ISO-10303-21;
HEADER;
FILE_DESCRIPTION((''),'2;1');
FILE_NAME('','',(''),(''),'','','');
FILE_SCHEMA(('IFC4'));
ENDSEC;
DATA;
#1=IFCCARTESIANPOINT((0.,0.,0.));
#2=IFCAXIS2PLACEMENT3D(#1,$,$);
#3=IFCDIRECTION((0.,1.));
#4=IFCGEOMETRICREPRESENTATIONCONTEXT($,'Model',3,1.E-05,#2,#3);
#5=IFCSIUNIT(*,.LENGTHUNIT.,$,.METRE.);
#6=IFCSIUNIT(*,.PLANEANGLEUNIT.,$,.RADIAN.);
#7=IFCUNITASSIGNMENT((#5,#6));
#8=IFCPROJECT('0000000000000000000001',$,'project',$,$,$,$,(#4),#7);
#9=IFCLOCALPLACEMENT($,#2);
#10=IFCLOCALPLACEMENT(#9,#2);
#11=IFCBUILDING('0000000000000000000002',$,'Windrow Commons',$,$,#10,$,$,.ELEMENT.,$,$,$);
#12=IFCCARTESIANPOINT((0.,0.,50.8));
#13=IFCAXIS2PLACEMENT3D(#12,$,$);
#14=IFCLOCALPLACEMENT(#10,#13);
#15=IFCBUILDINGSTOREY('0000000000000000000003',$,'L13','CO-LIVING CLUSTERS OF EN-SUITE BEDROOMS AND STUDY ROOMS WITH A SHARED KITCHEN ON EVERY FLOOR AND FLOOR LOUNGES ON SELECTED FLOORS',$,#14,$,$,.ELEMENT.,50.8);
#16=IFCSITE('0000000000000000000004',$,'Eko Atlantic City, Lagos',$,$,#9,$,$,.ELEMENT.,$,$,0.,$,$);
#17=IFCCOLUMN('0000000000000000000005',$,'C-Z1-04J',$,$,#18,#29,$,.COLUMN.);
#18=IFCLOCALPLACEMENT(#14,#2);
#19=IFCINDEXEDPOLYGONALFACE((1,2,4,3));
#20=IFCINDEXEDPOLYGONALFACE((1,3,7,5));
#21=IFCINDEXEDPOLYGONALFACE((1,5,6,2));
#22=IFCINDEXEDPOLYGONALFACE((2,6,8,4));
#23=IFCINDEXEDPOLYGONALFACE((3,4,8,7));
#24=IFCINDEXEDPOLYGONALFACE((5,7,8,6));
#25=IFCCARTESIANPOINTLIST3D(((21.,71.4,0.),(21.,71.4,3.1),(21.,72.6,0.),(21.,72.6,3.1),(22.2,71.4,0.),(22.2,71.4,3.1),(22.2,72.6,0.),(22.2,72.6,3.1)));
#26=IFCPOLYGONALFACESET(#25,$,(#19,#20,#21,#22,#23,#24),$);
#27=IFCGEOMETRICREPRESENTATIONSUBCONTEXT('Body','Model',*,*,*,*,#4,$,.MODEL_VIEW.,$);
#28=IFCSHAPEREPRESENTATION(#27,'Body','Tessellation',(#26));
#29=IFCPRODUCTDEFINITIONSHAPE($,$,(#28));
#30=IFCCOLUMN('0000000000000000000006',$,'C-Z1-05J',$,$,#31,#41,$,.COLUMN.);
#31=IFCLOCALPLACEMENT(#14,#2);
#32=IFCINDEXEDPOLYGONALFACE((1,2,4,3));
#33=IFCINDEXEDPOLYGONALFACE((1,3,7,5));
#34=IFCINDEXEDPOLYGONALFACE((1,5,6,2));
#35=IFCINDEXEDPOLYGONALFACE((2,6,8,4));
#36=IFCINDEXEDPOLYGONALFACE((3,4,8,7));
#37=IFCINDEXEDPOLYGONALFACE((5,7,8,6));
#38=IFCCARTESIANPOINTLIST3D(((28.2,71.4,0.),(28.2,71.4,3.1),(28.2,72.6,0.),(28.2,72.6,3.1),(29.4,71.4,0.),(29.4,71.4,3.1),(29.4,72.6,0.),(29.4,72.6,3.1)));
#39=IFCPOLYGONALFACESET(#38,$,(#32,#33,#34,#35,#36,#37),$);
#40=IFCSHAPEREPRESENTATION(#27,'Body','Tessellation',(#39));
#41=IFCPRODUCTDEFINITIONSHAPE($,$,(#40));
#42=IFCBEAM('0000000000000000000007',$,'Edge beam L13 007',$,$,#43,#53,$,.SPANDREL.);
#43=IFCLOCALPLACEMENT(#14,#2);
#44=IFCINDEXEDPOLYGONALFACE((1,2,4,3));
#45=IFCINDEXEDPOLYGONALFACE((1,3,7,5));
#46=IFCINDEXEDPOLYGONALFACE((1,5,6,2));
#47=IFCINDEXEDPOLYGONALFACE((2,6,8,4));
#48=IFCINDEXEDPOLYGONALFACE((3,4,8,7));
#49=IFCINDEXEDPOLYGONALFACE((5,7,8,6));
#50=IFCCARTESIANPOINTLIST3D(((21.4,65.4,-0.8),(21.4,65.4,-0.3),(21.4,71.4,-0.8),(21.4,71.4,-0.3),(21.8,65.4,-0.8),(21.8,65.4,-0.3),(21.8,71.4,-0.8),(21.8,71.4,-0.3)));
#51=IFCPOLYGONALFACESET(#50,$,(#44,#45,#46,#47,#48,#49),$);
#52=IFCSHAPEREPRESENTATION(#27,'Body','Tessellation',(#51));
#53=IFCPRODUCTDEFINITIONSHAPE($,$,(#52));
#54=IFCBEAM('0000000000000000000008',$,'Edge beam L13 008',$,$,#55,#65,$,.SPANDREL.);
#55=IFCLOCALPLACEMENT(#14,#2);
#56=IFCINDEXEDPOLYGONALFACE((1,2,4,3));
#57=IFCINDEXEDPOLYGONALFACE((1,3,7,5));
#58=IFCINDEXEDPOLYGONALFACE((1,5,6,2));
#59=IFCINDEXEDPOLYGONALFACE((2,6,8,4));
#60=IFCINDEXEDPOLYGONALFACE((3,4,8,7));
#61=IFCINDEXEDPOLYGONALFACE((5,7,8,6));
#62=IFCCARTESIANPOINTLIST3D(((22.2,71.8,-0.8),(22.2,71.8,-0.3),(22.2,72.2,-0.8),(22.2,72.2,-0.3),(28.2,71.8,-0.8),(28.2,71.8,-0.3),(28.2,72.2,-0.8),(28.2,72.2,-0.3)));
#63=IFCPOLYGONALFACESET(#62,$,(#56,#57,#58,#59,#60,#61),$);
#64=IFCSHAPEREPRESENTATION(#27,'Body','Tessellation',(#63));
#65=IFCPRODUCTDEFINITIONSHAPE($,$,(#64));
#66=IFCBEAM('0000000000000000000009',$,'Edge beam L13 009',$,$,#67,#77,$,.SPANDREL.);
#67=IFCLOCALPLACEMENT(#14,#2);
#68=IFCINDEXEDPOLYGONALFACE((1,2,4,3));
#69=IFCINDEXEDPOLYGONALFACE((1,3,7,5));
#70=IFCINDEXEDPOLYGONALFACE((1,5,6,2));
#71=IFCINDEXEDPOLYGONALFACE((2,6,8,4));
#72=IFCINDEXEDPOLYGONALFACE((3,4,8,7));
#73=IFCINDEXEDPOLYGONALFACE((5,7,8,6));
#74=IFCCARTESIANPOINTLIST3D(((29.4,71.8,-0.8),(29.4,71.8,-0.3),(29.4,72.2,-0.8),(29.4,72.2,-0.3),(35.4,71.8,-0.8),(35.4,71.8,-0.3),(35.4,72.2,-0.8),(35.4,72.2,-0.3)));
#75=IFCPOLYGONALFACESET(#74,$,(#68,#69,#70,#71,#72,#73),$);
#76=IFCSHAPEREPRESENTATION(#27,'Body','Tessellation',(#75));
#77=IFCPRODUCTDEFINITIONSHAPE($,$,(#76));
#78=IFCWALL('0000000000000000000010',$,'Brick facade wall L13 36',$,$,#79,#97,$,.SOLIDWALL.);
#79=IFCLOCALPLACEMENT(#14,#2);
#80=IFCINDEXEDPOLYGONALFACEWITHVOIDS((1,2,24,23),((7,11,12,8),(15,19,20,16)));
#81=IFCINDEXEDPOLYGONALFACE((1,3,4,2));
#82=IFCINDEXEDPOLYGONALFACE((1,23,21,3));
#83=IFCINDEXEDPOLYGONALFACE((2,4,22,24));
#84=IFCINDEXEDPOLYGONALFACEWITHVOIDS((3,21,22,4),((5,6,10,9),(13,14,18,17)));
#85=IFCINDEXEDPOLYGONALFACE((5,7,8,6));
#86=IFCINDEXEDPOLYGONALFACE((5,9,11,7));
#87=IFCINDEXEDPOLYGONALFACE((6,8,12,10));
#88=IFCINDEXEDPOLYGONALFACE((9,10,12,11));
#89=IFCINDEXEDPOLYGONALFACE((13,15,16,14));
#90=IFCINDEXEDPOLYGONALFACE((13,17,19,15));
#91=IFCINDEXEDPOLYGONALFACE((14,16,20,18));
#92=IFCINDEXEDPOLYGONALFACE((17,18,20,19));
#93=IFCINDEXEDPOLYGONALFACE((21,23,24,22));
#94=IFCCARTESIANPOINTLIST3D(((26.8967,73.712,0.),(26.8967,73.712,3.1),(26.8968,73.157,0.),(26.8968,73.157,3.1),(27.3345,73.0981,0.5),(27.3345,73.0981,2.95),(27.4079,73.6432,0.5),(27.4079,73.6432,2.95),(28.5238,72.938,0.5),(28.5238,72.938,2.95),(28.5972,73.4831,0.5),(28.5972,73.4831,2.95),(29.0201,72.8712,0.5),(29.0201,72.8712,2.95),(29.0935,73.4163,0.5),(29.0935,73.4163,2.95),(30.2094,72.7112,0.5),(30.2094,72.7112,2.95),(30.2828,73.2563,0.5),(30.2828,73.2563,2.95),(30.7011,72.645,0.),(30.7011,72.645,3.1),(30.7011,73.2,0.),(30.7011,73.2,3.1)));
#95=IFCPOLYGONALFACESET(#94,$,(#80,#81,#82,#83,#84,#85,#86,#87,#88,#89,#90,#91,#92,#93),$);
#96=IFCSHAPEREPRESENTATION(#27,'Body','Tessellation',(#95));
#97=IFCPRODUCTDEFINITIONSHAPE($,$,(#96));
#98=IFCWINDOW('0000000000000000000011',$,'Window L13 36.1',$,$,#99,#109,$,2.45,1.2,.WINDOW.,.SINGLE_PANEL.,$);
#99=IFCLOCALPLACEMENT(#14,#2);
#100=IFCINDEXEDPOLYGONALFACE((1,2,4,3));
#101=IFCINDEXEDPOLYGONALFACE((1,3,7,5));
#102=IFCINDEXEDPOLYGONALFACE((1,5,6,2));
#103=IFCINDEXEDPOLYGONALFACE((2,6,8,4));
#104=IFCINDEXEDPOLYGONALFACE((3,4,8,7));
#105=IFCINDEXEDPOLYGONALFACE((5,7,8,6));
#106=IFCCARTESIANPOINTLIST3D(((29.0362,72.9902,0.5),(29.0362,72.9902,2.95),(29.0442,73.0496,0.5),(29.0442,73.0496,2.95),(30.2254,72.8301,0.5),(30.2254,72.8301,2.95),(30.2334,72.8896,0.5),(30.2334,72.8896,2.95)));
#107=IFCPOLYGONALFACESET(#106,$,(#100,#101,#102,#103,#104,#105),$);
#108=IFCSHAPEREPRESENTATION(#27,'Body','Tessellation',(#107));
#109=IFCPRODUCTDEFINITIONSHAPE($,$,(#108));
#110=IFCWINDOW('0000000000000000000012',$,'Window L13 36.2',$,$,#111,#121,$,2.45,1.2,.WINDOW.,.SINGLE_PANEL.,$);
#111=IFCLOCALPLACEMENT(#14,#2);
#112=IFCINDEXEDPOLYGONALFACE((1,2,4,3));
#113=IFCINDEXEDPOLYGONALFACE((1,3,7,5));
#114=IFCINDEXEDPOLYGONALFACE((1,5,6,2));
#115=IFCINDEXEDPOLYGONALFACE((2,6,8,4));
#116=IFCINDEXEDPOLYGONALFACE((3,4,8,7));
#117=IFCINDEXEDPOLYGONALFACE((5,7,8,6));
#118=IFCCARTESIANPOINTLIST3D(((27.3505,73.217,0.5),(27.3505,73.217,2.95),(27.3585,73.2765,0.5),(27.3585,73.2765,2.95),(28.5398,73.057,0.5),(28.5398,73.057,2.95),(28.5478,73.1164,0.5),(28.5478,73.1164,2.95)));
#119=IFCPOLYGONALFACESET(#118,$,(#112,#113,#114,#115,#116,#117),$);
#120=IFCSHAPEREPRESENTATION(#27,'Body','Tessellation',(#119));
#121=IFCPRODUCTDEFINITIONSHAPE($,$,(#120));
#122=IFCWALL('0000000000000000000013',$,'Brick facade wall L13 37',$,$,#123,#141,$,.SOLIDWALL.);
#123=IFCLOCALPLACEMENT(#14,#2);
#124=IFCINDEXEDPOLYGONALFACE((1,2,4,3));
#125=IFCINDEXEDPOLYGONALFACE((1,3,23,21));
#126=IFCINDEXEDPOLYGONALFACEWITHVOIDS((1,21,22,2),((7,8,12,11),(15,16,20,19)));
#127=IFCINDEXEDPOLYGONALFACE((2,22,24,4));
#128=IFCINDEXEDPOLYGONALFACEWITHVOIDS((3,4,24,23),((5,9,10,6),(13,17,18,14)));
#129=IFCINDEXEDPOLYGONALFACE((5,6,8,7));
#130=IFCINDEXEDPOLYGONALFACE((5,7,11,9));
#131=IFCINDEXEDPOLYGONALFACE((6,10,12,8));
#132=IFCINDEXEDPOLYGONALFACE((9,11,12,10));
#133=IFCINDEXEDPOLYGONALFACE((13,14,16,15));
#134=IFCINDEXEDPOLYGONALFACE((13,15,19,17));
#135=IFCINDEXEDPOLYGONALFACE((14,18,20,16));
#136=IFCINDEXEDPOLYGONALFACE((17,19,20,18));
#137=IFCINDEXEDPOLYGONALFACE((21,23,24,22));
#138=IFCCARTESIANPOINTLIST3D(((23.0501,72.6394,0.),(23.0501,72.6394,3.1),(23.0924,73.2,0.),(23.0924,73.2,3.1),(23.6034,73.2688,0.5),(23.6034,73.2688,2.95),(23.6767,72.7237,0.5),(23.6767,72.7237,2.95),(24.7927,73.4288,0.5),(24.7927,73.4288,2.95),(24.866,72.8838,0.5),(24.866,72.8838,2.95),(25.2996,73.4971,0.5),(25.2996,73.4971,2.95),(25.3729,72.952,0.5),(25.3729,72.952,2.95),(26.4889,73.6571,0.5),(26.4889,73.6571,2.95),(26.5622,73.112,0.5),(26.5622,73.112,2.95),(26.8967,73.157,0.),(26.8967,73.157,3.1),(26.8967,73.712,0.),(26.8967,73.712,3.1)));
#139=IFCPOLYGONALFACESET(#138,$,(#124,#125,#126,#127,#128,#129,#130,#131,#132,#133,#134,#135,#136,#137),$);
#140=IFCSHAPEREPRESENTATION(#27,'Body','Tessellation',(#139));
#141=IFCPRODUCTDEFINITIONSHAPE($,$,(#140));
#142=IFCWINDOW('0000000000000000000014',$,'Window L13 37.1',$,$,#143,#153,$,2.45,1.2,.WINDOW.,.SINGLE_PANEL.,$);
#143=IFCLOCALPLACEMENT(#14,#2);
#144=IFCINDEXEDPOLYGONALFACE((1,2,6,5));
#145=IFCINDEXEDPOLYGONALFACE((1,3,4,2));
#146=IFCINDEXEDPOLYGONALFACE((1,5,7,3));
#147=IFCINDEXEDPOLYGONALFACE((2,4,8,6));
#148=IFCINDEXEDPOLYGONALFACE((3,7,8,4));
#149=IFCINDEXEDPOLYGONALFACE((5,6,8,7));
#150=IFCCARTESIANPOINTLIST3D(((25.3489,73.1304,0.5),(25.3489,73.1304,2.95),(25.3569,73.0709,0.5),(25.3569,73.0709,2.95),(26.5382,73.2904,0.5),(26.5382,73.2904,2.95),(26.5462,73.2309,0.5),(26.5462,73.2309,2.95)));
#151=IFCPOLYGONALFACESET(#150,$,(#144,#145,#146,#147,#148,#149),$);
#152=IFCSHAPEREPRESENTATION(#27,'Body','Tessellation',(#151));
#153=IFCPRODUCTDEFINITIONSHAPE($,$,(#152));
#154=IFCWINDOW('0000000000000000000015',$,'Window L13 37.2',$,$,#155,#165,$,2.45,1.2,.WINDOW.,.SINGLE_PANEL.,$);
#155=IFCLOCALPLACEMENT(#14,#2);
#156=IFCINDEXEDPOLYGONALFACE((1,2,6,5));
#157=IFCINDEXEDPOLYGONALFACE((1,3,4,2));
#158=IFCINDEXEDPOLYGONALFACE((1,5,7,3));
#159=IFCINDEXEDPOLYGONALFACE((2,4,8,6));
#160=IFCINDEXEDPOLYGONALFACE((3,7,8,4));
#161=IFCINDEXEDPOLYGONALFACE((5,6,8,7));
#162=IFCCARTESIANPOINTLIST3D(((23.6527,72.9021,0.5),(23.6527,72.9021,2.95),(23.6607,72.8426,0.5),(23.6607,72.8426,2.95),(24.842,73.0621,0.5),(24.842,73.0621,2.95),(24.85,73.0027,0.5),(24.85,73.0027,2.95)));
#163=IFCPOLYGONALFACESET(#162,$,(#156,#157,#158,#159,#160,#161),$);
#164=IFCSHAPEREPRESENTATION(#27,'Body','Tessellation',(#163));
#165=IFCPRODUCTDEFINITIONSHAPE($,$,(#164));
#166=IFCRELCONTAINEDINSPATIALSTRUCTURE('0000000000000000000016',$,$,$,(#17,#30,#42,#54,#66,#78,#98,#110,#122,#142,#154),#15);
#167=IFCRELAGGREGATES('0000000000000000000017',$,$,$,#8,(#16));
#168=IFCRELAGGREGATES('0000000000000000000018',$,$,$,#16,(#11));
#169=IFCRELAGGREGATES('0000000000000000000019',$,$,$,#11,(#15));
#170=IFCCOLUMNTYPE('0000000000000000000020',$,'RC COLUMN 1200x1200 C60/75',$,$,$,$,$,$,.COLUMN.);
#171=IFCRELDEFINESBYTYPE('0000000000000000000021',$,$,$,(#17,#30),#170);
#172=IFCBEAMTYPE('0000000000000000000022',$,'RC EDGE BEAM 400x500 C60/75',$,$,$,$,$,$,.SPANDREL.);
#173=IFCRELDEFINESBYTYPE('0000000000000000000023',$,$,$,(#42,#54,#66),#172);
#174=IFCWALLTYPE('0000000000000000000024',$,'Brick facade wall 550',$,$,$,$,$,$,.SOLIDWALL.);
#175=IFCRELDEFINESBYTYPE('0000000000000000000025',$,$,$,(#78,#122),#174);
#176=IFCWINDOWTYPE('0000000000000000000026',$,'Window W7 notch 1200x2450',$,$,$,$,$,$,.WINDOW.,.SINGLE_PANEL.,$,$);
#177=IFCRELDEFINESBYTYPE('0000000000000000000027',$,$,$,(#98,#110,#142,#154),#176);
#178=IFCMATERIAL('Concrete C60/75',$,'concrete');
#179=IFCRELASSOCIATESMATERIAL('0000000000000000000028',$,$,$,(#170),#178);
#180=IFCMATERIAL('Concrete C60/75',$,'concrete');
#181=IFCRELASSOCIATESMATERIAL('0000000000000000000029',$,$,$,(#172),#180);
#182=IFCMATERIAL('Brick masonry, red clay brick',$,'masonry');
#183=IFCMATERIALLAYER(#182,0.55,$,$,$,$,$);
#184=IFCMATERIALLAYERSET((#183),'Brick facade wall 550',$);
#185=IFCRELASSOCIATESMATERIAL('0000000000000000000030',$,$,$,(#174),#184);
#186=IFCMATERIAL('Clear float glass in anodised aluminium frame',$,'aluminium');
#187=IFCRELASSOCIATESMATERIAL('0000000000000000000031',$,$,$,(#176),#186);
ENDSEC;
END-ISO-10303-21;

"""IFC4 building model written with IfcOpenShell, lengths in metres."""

from ifc_helpers import new_model, si_unit, direction, frame, frame_2d, origin, origin_2d, place, context, subcontext, project, spatial, polyline, rectangle, outline, extrude, material, layer, layer_set, material_profile, profile_set, type_object, element, fill, save


model = new_model("IFC4")

# Units and contexts
model_context = context("Model", 3, precision=1e-05, world=origin(), true_north=direction((0.0, 1.0)))
body_context = subcontext(model_context, "Body", "Model", "MODEL_VIEW")
ifc_project = project(units=[si_unit("LENGTHUNIT", "METRE"), si_unit("PLANEANGLEUNIT", "RADIAN")], contexts=[model_context])

# Site, building, storey
site_placement = place(None, origin())
site = spatial("IfcSite", under=ifc_project, at=site_placement, Name="Eko Atlantic City, Lagos", CompositionType="ELEMENT", RefElevation=0.0)
building_placement = place(site_placement, origin())
building = spatial("IfcBuilding", under=site, at=building_placement, Name="Windrow Commons", CompositionType="ELEMENT")
storey_placement = place(building_placement, frame((0.0, 0.0, 50.8)))
storey = spatial("IfcBuildingStorey", under=building, at=storey_placement, Name="L13", Description="CO-LIVING CLUSTERS OF EN-SUITE BEDROOMS AND STUDY ROOMS WITH A SHARED KITCHEN ON EVERY FLOOR AND FLOOR LOUNGES ON SELECTED FLOORS", CompositionType="ELEMENT", Elevation=50.8)

# Columns
ifc_material_1 = material(Name="Concrete C60/75", Category="concrete")
ifc_material_profile_1 = material_profile(ifc_material_1, rectangle(XDim=1.2, YDim=1.2, at=origin_2d()))
ifc_profile_set_1 = profile_set([ifc_material_profile_1], Name="Concrete C60/75")
column_type = type_object("IfcColumnType", Name="RC COLUMN 1200x1200 C60/75", PredefinedType="COLUMN", material=ifc_profile_set_1)
for number, where, z_axis, x_axis, name in (
    (1, (21.6, 72.0, 0.0), (0.0, 0.0, 1.0), (1.0, 0.0, 0.0), "C-Z1-04J"),
    (2, (28.8, 72.0, 0.0), (0.0, 0.0, 1.0), (1.0, 0.0, 0.0), "C-Z1-05J"),
):
    element("IfcColumn", number, at=place(storey_placement, frame(where, z_axis=z_axis, x_axis=x_axis)), inside=storey, type_object=column_type, Name=name, PredefinedType="COLUMN", context=body_context, shape_type="SweptSolid", body=[
        extrude(rectangle(XDim=1.2, YDim=1.2, at=origin_2d()), origin(), (0.0, 0.0, 1.0), 3.1),
    ])

# Beams
ifc_material_2 = material(Name="Concrete C60/75", Category="concrete")
ifc_material_profile_2 = material_profile(ifc_material_2, rectangle(XDim=0.4, YDim=0.5, at=origin_2d()))
ifc_profile_set_2 = profile_set([ifc_material_profile_2], Name="Concrete C60/75")
beam_type = type_object("IfcBeamType", Name="RC EDGE BEAM 400x500 C60/75", PredefinedType="SPANDREL", material=ifc_profile_set_2)
for number, where, z_axis, x_axis, name in (
    (3, (21.6, 65.4, -0.55), (0.0, 1.0, 0.0), (-1.0, 0.0, 0.0), "Edge beam L13 007"),
    (4, (22.2, 72.0, -0.55), (1.0, 0.0, 0.0), (0.0, 1.0, 0.0), "Edge beam L13 008"),
    (5, (29.4, 72.0, -0.55), (1.0, 0.0, 0.0), (0.0, 1.0, 0.0), "Edge beam L13 009"),
):
    element("IfcBeam", number, at=place(storey_placement, frame(where, z_axis=z_axis, x_axis=x_axis)), inside=storey, type_object=beam_type, Name=name, PredefinedType="SPANDREL", context=body_context, shape_type="SweptSolid", body=[
        extrude(rectangle(XDim=0.4, YDim=0.5, at=origin_2d()), origin(), (0.0, 0.0, 1.0), 6.0),
    ])

# Walls, openings, windows
ifc_material_3 = material(Name="Brick masonry, red clay brick", Category="masonry")
ifc_layer_1 = layer(ifc_material_3, 0.55)
ifc_layer_set_1 = layer_set([ifc_layer_1], Name="Brick facade wall 550")
wall_type_1 = type_object("IfcWallType", Name="Brick facade wall 550", PredefinedType="SOLIDWALL", material=ifc_layer_set_1)
wall_1_placement = place(storey_placement, frame((30.7011, 72.9225, 0.0), z_axis=(0.0, 0.0, 1.0), x_axis=(-0.991065, 0.133379, 0.0)))
wall_1 = element("IfcWall", 6, at=wall_1_placement, inside=storey, type_object=wall_type_1, Name="Brick facade wall L13 36", PredefinedType="SOLIDWALL", context=body_context, shape_type="SweptSolid", body=[
    extrude(outline(polyline([(0.037, -0.275), (3.8757, -0.275), (3.8016, 0.275), (-0.037, 0.275), (0.037, -0.275)])), origin(), (0.0, 0.0, 1.0), 3.1),
])
opening_1_placement = place(wall_1_placement, frame((0.4591, 0.0, 0.5)))
opening_1 = element("IfcOpeningElement", 7, at=opening_1_placement, cuts=wall_1, PredefinedType="OPENING", context=body_context, shape_type="SweptSolid", body=[
    extrude(rectangle(XDim=1.2, YDim=2.45, at=frame_2d((0.6, 1.225))), frame((0.0, 0.285, 0.0), z_axis=(0.0, -1.0, 0.0), x_axis=(1.0, 0.0, 0.0)), (0.0, 0.0, 1.0), 0.57),
])
opening_2_placement = place(wall_1_placement, frame((2.1599, 0.0, 0.5)))
opening_2 = element("IfcOpeningElement", 8, at=opening_2_placement, cuts=wall_1, PredefinedType="OPENING", context=body_context, shape_type="SweptSolid", body=[
    extrude(rectangle(XDim=1.2, YDim=2.45, at=frame_2d((0.6, 1.225))), frame((0.0, 0.285, 0.0), z_axis=(0.0, -1.0, 0.0), x_axis=(1.0, 0.0, 0.0)), (0.0, 0.0, 1.0), 0.57),
])
ifc_material_4 = material(Name="Clear float glass in anodised aluminium frame", Category="aluminium")
window_type_1 = type_object("IfcWindowType", Name="Window W7 notch 1200x2450", PartitioningType="SINGLE_PANEL", PredefinedType="WINDOW", material=ifc_material_4)
window_1_placement = place(opening_1_placement, origin())
window_1 = element("IfcWindow", 9, at=window_1_placement, inside=storey, type_object=window_type_1, Name="Window L13 36.1", OverallHeight=2.45, OverallWidth=1.2, PartitioningType="SINGLE_PANEL", PredefinedType="WINDOW", context=body_context, shape_type="SweptSolid", body=[
    extrude(rectangle(XDim=1.2, YDim=2.45, at=frame_2d((0.6, 1.225))), frame((0.0, 0.155, 0.0), z_axis=(0.0, -1.0, 0.0), x_axis=(1.0, 0.0, 0.0)), (0.0, 0.0, 1.0), 0.06),
])
fill(opening_1, window_1)
window_2_placement = place(opening_2_placement, origin())
window_2 = element("IfcWindow", 10, at=window_2_placement, inside=storey, type_object=window_type_1, Name="Window L13 36.2", OverallHeight=2.45, OverallWidth=1.2, PartitioningType="SINGLE_PANEL", PredefinedType="WINDOW", context=body_context, shape_type="SweptSolid", body=[
    extrude(rectangle(XDim=1.2, YDim=2.45, at=frame_2d((0.6, 1.225))), frame((0.0, 0.155, 0.0), z_axis=(0.0, -1.0, 0.0), x_axis=(1.0, 0.0, 0.0)), (0.0, 0.0, 1.0), 0.06),
])
fill(opening_2, window_2)
wall_2_placement = place(storey_placement, frame((26.8967, 73.4345, 0.0), z_axis=(0.0, 0.0, 1.0), x_axis=(-0.991067, -0.133368, 0.0)))
wall_2 = element("IfcWall", 11, at=wall_2_placement, inside=storey, type_object=wall_type_1, Name="Brick facade wall L13 37", PredefinedType="SOLIDWALL", context=body_context, shape_type="SweptSolid", body=[
    extrude(outline(polyline([(-0.037, -0.275), (3.8016, -0.275), (3.9183, 0.275), (0.037, 0.275), (-0.037, -0.275)])), origin(), (0.0, 0.0, 1.0), 3.1),
])
opening_3_placement = place(wall_2_placement, frame((0.3745, 0.0, 0.5)))
opening_3 = element("IfcOpeningElement", 12, at=opening_3_placement, cuts=wall_2, PredefinedType="OPENING", context=body_context, shape_type="SweptSolid", body=[
    extrude(rectangle(XDim=1.2, YDim=2.45, at=frame_2d((0.6, 1.225))), frame((0.0, 0.285, 0.0), z_axis=(0.0, -1.0, 0.0), x_axis=(1.0, 0.0, 0.0)), (0.0, 0.0, 1.0), 0.57),
])
opening_4_placement = place(wall_2_placement, frame((2.086, 0.0, 0.5)))
opening_4 = element("IfcOpeningElement", 13, at=opening_4_placement, cuts=wall_2, PredefinedType="OPENING", context=body_context, shape_type="SweptSolid", body=[
    extrude(rectangle(XDim=1.2, YDim=2.45, at=frame_2d((0.6, 1.225))), frame((0.0, 0.285, 0.0), z_axis=(0.0, -1.0, 0.0), x_axis=(1.0, 0.0, 0.0)), (0.0, 0.0, 1.0), 0.57),
])
window_3_placement = place(opening_3_placement, origin())
window_3 = element("IfcWindow", 14, at=window_3_placement, inside=storey, type_object=window_type_1, Name="Window L13 37.1", OverallHeight=2.45, OverallWidth=1.2, PartitioningType="SINGLE_PANEL", PredefinedType="WINDOW", context=body_context, shape_type="SweptSolid", body=[
    extrude(rectangle(XDim=1.2, YDim=2.45, at=frame_2d((0.6, 1.225))), frame((0.0, 0.155, 0.0), z_axis=(0.0, -1.0, 0.0), x_axis=(1.0, 0.0, 0.0)), (0.0, 0.0, 1.0), 0.06),
])
fill(opening_3, window_3)
window_4_placement = place(opening_4_placement, origin())
window_4 = element("IfcWindow", 15, at=window_4_placement, inside=storey, type_object=window_type_1, Name="Window L13 37.2", OverallHeight=2.45, OverallWidth=1.2, PartitioningType="SINGLE_PANEL", PredefinedType="WINDOW", context=body_context, shape_type="SweptSolid", body=[
    extrude(rectangle(XDim=1.2, YDim=2.45, at=frame_2d((0.6, 1.225))), frame((0.0, 0.155, 0.0), z_axis=(0.0, -1.0, 0.0), x_axis=(1.0, 0.0, 0.0)), (0.0, 0.0, 1.0), 0.06),
])
fill(opening_4, window_4)

save(model, "model.ifc")
